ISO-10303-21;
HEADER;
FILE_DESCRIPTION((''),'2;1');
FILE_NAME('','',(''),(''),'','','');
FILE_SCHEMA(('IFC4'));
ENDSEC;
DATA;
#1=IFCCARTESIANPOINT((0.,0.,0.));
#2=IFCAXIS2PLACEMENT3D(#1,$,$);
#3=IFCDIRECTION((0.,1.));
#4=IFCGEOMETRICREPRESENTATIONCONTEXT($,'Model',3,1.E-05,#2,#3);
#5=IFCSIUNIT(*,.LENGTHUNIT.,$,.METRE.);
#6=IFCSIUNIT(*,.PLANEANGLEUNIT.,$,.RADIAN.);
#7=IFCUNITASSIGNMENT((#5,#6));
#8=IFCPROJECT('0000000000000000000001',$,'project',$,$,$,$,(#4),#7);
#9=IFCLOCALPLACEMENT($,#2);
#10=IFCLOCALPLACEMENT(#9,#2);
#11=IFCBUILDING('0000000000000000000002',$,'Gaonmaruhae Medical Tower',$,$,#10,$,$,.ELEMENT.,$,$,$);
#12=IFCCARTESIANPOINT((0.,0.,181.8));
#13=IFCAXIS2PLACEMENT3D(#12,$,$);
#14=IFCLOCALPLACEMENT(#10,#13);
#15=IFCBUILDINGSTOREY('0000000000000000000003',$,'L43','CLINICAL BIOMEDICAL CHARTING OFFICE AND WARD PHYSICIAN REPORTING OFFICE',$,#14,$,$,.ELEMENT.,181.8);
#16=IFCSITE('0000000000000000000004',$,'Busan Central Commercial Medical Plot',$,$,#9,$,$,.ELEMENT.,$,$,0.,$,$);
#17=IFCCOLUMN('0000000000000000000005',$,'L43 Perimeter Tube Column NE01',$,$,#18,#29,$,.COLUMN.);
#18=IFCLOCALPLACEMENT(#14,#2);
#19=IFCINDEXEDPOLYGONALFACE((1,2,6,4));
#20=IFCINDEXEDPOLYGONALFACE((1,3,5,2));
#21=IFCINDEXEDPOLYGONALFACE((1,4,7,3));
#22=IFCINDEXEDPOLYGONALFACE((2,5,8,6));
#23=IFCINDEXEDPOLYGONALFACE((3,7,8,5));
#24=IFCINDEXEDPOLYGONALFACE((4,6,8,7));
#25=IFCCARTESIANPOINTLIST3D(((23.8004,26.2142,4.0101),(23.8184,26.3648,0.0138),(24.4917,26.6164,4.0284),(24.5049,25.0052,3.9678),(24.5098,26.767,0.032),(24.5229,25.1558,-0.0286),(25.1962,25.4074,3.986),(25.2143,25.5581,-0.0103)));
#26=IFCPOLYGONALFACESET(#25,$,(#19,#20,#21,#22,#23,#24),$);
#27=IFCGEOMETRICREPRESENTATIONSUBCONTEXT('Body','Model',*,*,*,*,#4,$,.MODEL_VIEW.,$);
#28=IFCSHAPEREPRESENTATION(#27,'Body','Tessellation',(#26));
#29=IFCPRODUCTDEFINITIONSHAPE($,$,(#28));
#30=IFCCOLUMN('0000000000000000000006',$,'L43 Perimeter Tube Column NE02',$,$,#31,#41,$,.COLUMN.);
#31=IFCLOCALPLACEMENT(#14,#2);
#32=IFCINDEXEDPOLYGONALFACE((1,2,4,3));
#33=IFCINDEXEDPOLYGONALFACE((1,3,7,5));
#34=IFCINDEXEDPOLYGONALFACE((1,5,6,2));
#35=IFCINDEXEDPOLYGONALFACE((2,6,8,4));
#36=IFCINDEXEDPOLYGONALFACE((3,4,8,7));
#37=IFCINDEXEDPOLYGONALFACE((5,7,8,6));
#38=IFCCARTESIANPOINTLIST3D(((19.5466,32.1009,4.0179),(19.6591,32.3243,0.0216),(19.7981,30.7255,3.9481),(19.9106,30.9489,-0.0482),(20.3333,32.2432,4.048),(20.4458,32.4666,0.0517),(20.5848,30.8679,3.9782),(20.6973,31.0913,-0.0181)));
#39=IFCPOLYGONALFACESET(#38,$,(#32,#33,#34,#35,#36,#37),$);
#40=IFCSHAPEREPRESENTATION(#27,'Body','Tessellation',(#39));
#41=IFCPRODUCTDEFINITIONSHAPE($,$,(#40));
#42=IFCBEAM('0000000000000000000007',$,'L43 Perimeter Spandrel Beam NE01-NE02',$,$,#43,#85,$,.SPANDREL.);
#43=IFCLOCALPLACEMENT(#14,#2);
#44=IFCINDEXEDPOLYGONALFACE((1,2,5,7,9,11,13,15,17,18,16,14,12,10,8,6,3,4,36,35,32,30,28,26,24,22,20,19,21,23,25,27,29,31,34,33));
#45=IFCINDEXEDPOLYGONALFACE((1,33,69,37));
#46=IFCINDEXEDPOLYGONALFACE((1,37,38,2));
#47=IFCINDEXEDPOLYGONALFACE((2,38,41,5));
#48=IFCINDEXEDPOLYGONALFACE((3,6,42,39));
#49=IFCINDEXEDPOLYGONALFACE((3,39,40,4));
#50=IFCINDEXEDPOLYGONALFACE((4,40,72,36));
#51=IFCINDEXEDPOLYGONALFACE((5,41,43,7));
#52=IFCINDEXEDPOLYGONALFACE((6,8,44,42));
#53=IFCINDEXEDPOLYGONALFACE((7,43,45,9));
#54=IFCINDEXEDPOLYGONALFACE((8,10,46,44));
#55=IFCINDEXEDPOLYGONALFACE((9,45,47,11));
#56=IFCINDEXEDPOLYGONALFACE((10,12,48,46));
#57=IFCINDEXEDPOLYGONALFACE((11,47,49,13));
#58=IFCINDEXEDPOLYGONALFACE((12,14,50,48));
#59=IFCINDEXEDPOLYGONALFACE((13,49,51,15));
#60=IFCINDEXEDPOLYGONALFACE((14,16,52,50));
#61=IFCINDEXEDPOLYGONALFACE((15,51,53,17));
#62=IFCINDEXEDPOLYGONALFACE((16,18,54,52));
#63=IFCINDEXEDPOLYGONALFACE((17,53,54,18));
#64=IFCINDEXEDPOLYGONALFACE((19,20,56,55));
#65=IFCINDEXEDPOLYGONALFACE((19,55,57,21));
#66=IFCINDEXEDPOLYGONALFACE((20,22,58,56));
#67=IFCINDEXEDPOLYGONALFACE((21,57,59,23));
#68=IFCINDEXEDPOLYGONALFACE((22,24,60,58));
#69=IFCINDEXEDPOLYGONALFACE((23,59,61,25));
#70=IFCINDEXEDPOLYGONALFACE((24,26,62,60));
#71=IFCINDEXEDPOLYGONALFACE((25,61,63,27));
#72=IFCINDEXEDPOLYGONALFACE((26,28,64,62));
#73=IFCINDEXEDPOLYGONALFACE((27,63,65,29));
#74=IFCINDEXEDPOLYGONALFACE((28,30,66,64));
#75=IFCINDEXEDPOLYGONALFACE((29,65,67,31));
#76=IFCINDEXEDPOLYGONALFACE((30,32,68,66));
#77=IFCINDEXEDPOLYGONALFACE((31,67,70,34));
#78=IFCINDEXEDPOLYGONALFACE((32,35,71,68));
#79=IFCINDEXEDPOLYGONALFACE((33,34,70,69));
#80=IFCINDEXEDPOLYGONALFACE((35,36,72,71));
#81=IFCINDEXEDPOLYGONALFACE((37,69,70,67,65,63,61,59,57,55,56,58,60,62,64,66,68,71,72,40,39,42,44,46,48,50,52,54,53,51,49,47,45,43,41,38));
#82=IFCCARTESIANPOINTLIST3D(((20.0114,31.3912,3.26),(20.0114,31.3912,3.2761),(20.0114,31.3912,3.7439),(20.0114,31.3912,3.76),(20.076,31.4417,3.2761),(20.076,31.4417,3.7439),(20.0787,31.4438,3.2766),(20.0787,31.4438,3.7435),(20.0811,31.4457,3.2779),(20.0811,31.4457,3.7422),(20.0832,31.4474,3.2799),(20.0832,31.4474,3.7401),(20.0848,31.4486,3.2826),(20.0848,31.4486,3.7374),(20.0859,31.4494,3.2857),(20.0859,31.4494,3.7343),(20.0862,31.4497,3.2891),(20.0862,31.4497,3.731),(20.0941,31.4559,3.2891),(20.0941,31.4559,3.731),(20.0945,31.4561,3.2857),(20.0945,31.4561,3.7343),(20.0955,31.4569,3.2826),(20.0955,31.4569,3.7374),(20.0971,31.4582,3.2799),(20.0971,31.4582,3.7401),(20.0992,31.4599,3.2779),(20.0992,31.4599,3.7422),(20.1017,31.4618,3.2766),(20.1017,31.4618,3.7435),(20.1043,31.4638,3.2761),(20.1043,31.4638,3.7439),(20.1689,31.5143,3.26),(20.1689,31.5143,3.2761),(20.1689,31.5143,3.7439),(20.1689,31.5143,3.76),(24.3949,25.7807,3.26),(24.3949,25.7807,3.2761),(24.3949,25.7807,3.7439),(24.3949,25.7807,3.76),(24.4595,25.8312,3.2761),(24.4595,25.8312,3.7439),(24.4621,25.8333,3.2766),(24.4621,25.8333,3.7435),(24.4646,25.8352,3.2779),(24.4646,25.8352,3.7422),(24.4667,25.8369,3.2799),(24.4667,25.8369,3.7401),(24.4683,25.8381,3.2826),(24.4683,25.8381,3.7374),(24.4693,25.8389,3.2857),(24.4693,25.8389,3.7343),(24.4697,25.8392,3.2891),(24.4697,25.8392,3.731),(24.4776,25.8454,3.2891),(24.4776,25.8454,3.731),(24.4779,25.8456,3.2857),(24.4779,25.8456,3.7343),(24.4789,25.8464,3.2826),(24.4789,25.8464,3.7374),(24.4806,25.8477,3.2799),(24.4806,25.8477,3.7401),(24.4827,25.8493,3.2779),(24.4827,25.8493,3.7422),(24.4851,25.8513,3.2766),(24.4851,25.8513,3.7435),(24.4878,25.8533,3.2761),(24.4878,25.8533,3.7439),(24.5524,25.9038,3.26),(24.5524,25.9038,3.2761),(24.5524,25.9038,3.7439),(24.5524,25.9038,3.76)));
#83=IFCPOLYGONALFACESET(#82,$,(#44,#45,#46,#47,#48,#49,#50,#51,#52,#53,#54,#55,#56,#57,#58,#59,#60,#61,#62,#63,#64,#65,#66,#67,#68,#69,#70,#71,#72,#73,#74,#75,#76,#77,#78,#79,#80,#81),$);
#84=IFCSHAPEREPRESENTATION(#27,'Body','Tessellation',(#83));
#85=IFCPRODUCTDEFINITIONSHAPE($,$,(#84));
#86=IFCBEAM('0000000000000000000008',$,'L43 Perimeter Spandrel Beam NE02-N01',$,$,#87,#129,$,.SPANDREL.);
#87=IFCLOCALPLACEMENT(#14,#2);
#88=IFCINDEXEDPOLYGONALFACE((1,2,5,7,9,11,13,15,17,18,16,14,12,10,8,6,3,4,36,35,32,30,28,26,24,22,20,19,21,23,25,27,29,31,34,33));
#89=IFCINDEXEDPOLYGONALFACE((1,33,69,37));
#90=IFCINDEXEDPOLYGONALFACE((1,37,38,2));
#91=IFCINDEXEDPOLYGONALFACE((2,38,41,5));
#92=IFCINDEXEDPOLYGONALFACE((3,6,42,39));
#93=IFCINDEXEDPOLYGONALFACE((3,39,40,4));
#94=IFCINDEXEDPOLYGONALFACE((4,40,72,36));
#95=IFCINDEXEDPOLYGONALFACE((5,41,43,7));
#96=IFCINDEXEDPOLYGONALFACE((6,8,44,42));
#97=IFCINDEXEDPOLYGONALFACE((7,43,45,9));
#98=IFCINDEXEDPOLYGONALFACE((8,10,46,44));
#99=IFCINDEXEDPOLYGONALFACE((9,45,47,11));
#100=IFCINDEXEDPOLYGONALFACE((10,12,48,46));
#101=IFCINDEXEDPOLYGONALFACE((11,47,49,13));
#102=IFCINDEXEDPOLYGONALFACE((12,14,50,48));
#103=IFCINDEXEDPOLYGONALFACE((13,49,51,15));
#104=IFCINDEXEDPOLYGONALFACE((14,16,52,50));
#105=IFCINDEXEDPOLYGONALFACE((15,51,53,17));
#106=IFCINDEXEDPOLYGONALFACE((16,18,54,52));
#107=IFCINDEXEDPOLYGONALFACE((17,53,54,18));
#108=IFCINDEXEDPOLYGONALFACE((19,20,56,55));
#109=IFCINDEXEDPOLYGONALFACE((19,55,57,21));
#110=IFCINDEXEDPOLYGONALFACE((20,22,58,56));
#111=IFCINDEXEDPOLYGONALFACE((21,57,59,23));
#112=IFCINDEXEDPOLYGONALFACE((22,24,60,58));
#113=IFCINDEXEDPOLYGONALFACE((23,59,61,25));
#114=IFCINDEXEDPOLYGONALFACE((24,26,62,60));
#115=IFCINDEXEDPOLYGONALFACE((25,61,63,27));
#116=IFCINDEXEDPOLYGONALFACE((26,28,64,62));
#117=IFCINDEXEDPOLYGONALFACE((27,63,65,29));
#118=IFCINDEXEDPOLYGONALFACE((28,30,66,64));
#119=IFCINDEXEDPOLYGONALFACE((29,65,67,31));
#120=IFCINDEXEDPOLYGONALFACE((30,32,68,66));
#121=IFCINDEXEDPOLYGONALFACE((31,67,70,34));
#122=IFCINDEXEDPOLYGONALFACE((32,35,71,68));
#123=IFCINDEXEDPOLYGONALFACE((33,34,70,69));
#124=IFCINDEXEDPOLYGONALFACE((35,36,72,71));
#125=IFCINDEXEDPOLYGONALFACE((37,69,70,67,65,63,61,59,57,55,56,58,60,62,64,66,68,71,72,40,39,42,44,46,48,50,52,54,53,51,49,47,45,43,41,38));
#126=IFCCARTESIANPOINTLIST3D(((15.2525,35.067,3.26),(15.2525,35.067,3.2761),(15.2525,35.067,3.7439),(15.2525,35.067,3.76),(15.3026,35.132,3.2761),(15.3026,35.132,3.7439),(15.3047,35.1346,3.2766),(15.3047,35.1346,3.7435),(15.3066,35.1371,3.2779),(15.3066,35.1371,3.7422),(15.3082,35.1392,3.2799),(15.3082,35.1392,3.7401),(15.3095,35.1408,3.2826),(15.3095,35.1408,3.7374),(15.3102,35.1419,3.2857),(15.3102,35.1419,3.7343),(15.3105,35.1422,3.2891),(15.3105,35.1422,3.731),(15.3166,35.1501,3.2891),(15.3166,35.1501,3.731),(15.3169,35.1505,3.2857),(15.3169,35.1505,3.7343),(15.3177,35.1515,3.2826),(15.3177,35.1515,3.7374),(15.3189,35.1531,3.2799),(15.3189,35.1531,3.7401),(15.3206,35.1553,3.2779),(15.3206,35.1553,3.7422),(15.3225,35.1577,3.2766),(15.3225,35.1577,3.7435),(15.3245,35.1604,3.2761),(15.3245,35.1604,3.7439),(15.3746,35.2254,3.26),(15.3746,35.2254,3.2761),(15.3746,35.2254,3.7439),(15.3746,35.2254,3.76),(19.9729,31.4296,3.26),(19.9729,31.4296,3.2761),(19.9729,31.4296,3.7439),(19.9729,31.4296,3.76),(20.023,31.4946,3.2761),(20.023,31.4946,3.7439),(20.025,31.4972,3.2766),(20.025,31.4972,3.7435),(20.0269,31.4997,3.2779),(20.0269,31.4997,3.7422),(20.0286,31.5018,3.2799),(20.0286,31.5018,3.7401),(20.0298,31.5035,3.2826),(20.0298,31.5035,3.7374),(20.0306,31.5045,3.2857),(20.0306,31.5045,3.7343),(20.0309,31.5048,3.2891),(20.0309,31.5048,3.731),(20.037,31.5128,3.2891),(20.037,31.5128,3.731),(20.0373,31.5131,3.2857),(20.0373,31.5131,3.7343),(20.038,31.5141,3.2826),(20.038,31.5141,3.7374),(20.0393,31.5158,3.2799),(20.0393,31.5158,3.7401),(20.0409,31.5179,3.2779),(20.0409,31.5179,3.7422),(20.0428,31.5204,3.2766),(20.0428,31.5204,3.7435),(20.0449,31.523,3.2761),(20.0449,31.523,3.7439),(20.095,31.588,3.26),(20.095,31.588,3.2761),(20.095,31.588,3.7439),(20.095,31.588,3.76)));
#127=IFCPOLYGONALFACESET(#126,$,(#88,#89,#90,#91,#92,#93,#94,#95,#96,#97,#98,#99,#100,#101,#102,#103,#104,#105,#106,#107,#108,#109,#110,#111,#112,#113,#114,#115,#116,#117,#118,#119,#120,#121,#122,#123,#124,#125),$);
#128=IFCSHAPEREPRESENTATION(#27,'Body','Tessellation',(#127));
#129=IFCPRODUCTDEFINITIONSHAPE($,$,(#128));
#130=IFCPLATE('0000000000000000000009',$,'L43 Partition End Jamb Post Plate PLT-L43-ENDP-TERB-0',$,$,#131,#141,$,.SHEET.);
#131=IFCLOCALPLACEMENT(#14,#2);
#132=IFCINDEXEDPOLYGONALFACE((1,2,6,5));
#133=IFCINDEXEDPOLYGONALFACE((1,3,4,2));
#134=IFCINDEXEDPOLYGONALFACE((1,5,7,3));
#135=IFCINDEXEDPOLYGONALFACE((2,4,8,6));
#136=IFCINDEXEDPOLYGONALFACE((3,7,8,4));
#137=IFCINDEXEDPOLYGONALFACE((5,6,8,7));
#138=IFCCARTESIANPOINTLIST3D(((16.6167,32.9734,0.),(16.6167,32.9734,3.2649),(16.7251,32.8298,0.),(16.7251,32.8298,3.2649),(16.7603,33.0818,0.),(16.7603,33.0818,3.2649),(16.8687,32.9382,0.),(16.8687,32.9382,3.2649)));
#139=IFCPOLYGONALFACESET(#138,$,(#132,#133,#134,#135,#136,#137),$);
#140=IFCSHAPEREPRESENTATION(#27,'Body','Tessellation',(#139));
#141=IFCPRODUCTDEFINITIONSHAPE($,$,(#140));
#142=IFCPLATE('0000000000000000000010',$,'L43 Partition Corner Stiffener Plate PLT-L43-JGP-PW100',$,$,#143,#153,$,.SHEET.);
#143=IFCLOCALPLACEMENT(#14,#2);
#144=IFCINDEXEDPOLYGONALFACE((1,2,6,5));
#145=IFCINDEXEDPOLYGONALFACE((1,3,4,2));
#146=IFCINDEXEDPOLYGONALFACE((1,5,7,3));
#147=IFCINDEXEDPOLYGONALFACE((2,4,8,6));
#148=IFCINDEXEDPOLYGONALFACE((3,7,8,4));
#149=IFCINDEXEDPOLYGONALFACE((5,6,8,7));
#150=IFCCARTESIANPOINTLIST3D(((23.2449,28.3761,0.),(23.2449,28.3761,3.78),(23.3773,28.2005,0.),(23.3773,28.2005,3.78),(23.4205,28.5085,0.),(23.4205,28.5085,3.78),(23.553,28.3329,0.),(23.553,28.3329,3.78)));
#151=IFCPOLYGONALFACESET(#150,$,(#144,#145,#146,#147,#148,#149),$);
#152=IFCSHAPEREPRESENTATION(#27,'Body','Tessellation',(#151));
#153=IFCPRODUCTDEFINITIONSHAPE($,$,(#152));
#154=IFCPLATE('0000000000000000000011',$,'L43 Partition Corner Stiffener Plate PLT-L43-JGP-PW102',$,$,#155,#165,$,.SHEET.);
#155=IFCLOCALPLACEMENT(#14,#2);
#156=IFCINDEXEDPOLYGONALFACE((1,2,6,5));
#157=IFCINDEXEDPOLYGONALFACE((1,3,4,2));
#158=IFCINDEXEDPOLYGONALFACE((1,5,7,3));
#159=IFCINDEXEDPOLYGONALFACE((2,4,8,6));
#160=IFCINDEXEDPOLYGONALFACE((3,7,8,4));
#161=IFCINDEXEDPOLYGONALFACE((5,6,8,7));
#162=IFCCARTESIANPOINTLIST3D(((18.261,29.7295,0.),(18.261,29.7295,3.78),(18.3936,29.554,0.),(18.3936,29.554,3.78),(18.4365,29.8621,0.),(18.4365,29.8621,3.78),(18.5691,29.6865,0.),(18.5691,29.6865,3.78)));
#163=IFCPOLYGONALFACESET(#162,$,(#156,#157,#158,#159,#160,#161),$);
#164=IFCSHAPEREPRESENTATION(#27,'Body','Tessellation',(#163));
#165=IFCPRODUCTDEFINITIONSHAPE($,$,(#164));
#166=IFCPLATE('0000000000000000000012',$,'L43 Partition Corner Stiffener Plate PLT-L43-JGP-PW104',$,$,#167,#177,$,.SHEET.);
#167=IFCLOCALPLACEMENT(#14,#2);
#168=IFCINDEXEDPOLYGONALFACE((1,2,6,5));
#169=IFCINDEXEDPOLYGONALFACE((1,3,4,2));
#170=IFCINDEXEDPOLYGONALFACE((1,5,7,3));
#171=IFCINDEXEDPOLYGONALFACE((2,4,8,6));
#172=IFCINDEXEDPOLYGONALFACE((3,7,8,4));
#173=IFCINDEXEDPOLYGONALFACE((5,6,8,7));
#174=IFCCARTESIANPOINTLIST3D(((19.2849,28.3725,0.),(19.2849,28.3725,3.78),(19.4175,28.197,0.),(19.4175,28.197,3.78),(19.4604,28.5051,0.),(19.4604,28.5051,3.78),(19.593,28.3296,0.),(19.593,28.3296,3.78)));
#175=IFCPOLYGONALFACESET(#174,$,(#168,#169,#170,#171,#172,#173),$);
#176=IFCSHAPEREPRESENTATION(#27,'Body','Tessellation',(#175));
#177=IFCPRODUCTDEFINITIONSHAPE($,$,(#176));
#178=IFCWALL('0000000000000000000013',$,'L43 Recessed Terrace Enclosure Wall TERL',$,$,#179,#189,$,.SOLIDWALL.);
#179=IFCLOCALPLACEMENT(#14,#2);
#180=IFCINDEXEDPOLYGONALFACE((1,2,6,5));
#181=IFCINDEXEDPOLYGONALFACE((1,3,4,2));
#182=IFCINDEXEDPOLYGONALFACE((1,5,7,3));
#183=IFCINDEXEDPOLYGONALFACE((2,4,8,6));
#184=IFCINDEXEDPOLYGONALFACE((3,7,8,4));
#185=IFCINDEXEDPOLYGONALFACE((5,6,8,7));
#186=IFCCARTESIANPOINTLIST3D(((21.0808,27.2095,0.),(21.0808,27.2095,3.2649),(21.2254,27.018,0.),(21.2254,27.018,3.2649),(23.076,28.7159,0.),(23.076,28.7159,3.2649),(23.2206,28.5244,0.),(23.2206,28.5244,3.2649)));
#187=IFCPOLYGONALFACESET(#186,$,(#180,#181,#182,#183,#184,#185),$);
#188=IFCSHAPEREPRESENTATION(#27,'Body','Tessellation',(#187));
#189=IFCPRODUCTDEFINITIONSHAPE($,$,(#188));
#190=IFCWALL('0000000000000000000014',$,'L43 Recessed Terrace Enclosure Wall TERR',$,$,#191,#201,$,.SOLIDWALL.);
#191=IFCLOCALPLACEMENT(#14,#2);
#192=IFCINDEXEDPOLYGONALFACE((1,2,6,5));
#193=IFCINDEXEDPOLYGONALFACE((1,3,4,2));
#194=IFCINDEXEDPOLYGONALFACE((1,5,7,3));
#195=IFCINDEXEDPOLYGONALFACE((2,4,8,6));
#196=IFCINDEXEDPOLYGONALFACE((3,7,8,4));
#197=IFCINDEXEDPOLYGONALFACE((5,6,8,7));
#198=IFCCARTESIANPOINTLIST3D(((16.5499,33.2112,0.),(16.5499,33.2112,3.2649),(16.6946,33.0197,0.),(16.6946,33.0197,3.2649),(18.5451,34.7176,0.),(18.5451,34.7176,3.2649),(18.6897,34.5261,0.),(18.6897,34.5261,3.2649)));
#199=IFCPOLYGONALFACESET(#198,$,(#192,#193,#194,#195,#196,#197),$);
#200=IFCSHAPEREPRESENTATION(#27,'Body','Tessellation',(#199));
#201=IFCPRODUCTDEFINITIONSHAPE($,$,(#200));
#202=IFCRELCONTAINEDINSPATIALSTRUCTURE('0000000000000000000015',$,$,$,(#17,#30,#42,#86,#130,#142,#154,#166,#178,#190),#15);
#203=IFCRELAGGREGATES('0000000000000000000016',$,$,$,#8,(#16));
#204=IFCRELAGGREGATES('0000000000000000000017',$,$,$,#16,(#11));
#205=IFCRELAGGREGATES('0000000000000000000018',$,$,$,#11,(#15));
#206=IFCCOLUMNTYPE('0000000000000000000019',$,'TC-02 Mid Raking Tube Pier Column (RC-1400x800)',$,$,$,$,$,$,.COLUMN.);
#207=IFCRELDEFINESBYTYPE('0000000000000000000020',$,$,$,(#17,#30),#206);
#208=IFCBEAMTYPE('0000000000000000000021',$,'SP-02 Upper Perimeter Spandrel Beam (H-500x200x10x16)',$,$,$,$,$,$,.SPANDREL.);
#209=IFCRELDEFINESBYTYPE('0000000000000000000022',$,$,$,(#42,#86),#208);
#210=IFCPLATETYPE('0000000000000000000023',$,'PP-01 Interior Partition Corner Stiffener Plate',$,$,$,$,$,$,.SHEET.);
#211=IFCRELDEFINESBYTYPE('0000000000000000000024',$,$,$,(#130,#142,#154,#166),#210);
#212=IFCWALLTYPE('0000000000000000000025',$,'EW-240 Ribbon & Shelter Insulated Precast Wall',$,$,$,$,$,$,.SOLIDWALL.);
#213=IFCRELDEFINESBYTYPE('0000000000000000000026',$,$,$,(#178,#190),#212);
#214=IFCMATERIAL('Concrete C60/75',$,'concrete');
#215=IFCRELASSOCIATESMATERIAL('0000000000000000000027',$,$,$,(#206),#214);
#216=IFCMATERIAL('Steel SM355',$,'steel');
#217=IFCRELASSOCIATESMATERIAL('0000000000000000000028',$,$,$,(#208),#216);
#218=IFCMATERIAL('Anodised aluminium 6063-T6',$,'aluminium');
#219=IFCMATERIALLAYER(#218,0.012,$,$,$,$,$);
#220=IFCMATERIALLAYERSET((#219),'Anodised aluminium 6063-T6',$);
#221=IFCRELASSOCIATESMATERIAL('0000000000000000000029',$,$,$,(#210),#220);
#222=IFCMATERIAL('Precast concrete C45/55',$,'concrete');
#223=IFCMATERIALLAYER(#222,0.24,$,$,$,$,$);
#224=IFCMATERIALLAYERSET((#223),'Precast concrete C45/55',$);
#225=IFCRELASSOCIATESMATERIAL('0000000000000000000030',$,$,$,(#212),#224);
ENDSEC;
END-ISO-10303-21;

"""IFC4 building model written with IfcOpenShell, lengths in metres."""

from ifc_helpers import new_model, si_unit, direction, frame, frame_2d, origin, origin_2d, place, context, subcontext, project, spatial, rectangle, i_section, extrude, material, layer, layer_set, material_profile, profile_set, type_object, element, save


model = new_model("IFC4")

# Units and contexts
model_context = context("Model", 3, precision=1e-05, world=origin(), true_north=direction((0.0, 1.0)))
body_context = subcontext(model_context, "Body", "Model", "MODEL_VIEW")
ifc_project = project(units=[si_unit("LENGTHUNIT", "METRE"), si_unit("PLANEANGLEUNIT", "RADIAN")], contexts=[model_context])

# Site, building, storey
site_placement = place(None, origin())
site = spatial("IfcSite", under=ifc_project, at=site_placement, Name="Busan Central Commercial Medical Plot", CompositionType="ELEMENT", RefElevation=0.0)
building_placement = place(site_placement, origin())
building = spatial("IfcBuilding", under=site, at=building_placement, Name="Gaonmaruhae Medical Tower", CompositionType="ELEMENT")
storey_placement = place(building_placement, frame((0.0, 0.0, 181.8)))
storey = spatial("IfcBuildingStorey", under=building, at=storey_placement, Name="L43", Description="CLINICAL BIOMEDICAL CHARTING OFFICE AND WARD PHYSICIAN REPORTING OFFICE", CompositionType="ELEMENT", Elevation=181.8)

# Columns
ifc_material_1 = material(Name="Concrete C60/75", Category="concrete")
ifc_material_profile_1 = material_profile(ifc_material_1, rectangle(XDim=1.3999, YDim=0.8, at=origin_2d()), Name="RC-1400x800")
ifc_profile_set_1 = profile_set([ifc_material_profile_1], Name="Concrete C60/75")
column_type = type_object("IfcColumnType", Name="TC-02 Mid Raking Tube Pier Column (RC-1400x800)", PredefinedType="COLUMN", material=ifc_profile_set_1)
column_1_placement = place(storey_placement, frame((24.5164, 25.9614, 0.0017), z_axis=(-0.004517, -0.037666, 0.99928), x_axis=(-0.503253, 0.863609, 0.030277)))
element("IfcColumn", 1, at=column_1_placement, inside=storey, type_object=column_type, Name="L43 Perimeter Tube Column NE01", PredefinedType="COLUMN", context=body_context, shape_type="SweptSolid", body=[
    extrude(rectangle(XDim=1.3999, YDim=0.8, at=origin_2d()), origin(), (0.0, 0.0, 1.0), 3.9993),
])
column_2_placement = place(storey_placement, frame((20.1782, 31.7078, 0.0017), z_axis=(-0.028108, -0.055789, 0.998047), x_axis=(-0.179673, 0.982462, 0.049858)))
element("IfcColumn", 2, at=column_2_placement, inside=storey, type_object=column_type, Name="L43 Perimeter Tube Column NE02", PredefinedType="COLUMN", context=body_context, shape_type="SweptSolid", body=[
    extrude(rectangle(XDim=1.3999, YDim=0.8, at=origin_2d()), origin(), (0.0, 0.0, 1.0), 4.0042),
])

# Beams
ifc_material_2 = material(Name="Steel SM355", Category="steel")
ifc_material_profile_2 = material_profile(ifc_material_2, i_section(OverallWidth=0.2, OverallDepth=0.5, WebThickness=0.01, FlangeThickness=0.0161, FilletRadius=0.0129, at=origin_2d()), Name="H-500x200x10x16")
ifc_profile_set_2 = profile_set([ifc_material_profile_2], Name="Steel SM355")
beam_type = type_object("IfcBeamType", Name="SP-02 Upper Perimeter Spandrel Beam (H-500x200x10x16)", PredefinedType="SPANDREL", material=ifc_profile_set_2)
beam_1_placement = place(storey_placement, frame((24.4736, 25.8423, 3.51), z_axis=(-0.615667, 0.788006, 0.0), x_axis=(-0.788006, -0.615667, 0.0)))
element("IfcBeam", 3, at=beam_1_placement, inside=storey, type_object=beam_type, Name="L43 Perimeter Spandrel Beam NE01-NE02", PredefinedType="SPANDREL", context=body_context, shape_type="SweptSolid", body=[
    extrude(i_section(OverallWidth=0.2, OverallDepth=0.5, WebThickness=0.01, FlangeThickness=0.0161, FilletRadius=0.0129, at=origin_2d()), origin(), (0.0, 0.0, 1.0), 7.1199),
])
beam_2_placement = place(storey_placement, frame((20.0339, 31.5088, 3.51), z_axis=(-0.79211, 0.610378, 0.0), x_axis=(-0.610378, -0.79211, 0.0)))
element("IfcBeam", 4, at=beam_2_placement, inside=storey, type_object=beam_type, Name="L43 Perimeter Spandrel Beam NE02-N01", PredefinedType="SPANDREL", context=body_context, shape_type="SweptSolid", body=[
    extrude(i_section(OverallWidth=0.2, OverallDepth=0.5, WebThickness=0.01, FlangeThickness=0.0161, FilletRadius=0.0129, at=origin_2d()), origin(), (0.0, 0.0, 1.0), 5.9592),
])

# Plates
ifc_material_3 = material(Name="Anodised aluminium 6063-T6", Category="aluminium")
ifc_layer_1 = layer(ifc_material_3, 0.012)
ifc_layer_set_1 = layer_set([ifc_layer_1], Name="Anodised aluminium 6063-T6")
plate_type = type_object("IfcPlateType", Name="PP-01 Interior Partition Corner Stiffener Plate", PredefinedType="SHEET", material=ifc_layer_set_1)
plate_placement = place(storey_placement, frame((16.7427, 32.9558, 0.0), z_axis=(0.0, 0.0, 1.0), x_axis=(0.602512, -0.79811, 0.0)))
element("IfcPlate", 5, at=plate_placement, inside=storey, type_object=plate_type, Name="L43 Partition End Jamb Post Plate PLT-L43-ENDP-TERB-0", PredefinedType="SHEET", context=body_context, shape_type="SweptSolid", body=[
    extrude(rectangle(XDim=0.1799, YDim=0.1799, at=origin_2d()), origin(), (0.0, 0.0, 1.0), 3.2649),
])
for number, where, z_axis, x_axis, name in (
    (6, (23.3989, 28.3545, 0.0), (0.0, 0.0, 1.0), (0.60201, -0.798488, 0.0), "L43 Partition Corner Stiffener Plate PLT-L43-JGP-PW100"),
    (7, (18.415, 29.708, 0.0), (0.0, 0.0, 1.0), (-0.797952, -0.602721, 0.0), "L43 Partition Corner Stiffener Plate PLT-L43-JGP-PW102"),
    (8, (19.439, 28.3511, 0.0), (0.0, 0.0, 1.0), (0.797952, 0.602721, 0.0), "L43 Partition Corner Stiffener Plate PLT-L43-JGP-PW104"),
):
    element("IfcPlate", number, at=place(storey_placement, frame(where, z_axis=z_axis, x_axis=x_axis)), inside=storey, type_object=plate_type, Name=name, PredefinedType="SHEET", context=body_context, shape_type="SweptSolid", body=[
        extrude(rectangle(XDim=0.22, YDim=0.22, at=origin_2d()), origin(), (0.0, 0.0, 1.0), 3.78),
    ])

# Shared definitions
ifc_material_4 = material(Name="Precast concrete C45/55", Category="concrete")
ifc_layer_2 = layer(ifc_material_4, 0.24)
ifc_layer_set_2 = layer_set([ifc_layer_2], Name="Precast concrete C45/55")
wall_type_1 = type_object("IfcWallType", Name="EW-240 Ribbon & Shelter Insulated Precast Wall", PredefinedType="SOLIDWALL", material=ifc_layer_set_2)

# Walls
for number, where, z_axis, x_axis, name in (
    (9, (21.1531, 27.1138, 0.0), (0.0, 0.0, 1.0), (0.798074, 0.60256, 0.0), "L43 Recessed Terrace Enclosure Wall TERL"),
    (10, (18.6174, 34.6218, 0.0), (0.0, 0.0, 1.0), (-0.798074, -0.60256, 0.0), "L43 Recessed Terrace Enclosure Wall TERR"),
):
    element("IfcWall", number, at=place(storey_placement, frame(where, z_axis=z_axis, x_axis=x_axis)), inside=storey, type_object=wall_type_1, Name=name, PredefinedType="SOLIDWALL", context=body_context, shape_type="SweptSolid", body=[
        extrude(rectangle(XDim=2.5, YDim=0.24, at=frame_2d((1.25, 0.0))), origin(), (0.0, 0.0, 1.0), 3.2649),
    ])

save(model, "model.ifc")
